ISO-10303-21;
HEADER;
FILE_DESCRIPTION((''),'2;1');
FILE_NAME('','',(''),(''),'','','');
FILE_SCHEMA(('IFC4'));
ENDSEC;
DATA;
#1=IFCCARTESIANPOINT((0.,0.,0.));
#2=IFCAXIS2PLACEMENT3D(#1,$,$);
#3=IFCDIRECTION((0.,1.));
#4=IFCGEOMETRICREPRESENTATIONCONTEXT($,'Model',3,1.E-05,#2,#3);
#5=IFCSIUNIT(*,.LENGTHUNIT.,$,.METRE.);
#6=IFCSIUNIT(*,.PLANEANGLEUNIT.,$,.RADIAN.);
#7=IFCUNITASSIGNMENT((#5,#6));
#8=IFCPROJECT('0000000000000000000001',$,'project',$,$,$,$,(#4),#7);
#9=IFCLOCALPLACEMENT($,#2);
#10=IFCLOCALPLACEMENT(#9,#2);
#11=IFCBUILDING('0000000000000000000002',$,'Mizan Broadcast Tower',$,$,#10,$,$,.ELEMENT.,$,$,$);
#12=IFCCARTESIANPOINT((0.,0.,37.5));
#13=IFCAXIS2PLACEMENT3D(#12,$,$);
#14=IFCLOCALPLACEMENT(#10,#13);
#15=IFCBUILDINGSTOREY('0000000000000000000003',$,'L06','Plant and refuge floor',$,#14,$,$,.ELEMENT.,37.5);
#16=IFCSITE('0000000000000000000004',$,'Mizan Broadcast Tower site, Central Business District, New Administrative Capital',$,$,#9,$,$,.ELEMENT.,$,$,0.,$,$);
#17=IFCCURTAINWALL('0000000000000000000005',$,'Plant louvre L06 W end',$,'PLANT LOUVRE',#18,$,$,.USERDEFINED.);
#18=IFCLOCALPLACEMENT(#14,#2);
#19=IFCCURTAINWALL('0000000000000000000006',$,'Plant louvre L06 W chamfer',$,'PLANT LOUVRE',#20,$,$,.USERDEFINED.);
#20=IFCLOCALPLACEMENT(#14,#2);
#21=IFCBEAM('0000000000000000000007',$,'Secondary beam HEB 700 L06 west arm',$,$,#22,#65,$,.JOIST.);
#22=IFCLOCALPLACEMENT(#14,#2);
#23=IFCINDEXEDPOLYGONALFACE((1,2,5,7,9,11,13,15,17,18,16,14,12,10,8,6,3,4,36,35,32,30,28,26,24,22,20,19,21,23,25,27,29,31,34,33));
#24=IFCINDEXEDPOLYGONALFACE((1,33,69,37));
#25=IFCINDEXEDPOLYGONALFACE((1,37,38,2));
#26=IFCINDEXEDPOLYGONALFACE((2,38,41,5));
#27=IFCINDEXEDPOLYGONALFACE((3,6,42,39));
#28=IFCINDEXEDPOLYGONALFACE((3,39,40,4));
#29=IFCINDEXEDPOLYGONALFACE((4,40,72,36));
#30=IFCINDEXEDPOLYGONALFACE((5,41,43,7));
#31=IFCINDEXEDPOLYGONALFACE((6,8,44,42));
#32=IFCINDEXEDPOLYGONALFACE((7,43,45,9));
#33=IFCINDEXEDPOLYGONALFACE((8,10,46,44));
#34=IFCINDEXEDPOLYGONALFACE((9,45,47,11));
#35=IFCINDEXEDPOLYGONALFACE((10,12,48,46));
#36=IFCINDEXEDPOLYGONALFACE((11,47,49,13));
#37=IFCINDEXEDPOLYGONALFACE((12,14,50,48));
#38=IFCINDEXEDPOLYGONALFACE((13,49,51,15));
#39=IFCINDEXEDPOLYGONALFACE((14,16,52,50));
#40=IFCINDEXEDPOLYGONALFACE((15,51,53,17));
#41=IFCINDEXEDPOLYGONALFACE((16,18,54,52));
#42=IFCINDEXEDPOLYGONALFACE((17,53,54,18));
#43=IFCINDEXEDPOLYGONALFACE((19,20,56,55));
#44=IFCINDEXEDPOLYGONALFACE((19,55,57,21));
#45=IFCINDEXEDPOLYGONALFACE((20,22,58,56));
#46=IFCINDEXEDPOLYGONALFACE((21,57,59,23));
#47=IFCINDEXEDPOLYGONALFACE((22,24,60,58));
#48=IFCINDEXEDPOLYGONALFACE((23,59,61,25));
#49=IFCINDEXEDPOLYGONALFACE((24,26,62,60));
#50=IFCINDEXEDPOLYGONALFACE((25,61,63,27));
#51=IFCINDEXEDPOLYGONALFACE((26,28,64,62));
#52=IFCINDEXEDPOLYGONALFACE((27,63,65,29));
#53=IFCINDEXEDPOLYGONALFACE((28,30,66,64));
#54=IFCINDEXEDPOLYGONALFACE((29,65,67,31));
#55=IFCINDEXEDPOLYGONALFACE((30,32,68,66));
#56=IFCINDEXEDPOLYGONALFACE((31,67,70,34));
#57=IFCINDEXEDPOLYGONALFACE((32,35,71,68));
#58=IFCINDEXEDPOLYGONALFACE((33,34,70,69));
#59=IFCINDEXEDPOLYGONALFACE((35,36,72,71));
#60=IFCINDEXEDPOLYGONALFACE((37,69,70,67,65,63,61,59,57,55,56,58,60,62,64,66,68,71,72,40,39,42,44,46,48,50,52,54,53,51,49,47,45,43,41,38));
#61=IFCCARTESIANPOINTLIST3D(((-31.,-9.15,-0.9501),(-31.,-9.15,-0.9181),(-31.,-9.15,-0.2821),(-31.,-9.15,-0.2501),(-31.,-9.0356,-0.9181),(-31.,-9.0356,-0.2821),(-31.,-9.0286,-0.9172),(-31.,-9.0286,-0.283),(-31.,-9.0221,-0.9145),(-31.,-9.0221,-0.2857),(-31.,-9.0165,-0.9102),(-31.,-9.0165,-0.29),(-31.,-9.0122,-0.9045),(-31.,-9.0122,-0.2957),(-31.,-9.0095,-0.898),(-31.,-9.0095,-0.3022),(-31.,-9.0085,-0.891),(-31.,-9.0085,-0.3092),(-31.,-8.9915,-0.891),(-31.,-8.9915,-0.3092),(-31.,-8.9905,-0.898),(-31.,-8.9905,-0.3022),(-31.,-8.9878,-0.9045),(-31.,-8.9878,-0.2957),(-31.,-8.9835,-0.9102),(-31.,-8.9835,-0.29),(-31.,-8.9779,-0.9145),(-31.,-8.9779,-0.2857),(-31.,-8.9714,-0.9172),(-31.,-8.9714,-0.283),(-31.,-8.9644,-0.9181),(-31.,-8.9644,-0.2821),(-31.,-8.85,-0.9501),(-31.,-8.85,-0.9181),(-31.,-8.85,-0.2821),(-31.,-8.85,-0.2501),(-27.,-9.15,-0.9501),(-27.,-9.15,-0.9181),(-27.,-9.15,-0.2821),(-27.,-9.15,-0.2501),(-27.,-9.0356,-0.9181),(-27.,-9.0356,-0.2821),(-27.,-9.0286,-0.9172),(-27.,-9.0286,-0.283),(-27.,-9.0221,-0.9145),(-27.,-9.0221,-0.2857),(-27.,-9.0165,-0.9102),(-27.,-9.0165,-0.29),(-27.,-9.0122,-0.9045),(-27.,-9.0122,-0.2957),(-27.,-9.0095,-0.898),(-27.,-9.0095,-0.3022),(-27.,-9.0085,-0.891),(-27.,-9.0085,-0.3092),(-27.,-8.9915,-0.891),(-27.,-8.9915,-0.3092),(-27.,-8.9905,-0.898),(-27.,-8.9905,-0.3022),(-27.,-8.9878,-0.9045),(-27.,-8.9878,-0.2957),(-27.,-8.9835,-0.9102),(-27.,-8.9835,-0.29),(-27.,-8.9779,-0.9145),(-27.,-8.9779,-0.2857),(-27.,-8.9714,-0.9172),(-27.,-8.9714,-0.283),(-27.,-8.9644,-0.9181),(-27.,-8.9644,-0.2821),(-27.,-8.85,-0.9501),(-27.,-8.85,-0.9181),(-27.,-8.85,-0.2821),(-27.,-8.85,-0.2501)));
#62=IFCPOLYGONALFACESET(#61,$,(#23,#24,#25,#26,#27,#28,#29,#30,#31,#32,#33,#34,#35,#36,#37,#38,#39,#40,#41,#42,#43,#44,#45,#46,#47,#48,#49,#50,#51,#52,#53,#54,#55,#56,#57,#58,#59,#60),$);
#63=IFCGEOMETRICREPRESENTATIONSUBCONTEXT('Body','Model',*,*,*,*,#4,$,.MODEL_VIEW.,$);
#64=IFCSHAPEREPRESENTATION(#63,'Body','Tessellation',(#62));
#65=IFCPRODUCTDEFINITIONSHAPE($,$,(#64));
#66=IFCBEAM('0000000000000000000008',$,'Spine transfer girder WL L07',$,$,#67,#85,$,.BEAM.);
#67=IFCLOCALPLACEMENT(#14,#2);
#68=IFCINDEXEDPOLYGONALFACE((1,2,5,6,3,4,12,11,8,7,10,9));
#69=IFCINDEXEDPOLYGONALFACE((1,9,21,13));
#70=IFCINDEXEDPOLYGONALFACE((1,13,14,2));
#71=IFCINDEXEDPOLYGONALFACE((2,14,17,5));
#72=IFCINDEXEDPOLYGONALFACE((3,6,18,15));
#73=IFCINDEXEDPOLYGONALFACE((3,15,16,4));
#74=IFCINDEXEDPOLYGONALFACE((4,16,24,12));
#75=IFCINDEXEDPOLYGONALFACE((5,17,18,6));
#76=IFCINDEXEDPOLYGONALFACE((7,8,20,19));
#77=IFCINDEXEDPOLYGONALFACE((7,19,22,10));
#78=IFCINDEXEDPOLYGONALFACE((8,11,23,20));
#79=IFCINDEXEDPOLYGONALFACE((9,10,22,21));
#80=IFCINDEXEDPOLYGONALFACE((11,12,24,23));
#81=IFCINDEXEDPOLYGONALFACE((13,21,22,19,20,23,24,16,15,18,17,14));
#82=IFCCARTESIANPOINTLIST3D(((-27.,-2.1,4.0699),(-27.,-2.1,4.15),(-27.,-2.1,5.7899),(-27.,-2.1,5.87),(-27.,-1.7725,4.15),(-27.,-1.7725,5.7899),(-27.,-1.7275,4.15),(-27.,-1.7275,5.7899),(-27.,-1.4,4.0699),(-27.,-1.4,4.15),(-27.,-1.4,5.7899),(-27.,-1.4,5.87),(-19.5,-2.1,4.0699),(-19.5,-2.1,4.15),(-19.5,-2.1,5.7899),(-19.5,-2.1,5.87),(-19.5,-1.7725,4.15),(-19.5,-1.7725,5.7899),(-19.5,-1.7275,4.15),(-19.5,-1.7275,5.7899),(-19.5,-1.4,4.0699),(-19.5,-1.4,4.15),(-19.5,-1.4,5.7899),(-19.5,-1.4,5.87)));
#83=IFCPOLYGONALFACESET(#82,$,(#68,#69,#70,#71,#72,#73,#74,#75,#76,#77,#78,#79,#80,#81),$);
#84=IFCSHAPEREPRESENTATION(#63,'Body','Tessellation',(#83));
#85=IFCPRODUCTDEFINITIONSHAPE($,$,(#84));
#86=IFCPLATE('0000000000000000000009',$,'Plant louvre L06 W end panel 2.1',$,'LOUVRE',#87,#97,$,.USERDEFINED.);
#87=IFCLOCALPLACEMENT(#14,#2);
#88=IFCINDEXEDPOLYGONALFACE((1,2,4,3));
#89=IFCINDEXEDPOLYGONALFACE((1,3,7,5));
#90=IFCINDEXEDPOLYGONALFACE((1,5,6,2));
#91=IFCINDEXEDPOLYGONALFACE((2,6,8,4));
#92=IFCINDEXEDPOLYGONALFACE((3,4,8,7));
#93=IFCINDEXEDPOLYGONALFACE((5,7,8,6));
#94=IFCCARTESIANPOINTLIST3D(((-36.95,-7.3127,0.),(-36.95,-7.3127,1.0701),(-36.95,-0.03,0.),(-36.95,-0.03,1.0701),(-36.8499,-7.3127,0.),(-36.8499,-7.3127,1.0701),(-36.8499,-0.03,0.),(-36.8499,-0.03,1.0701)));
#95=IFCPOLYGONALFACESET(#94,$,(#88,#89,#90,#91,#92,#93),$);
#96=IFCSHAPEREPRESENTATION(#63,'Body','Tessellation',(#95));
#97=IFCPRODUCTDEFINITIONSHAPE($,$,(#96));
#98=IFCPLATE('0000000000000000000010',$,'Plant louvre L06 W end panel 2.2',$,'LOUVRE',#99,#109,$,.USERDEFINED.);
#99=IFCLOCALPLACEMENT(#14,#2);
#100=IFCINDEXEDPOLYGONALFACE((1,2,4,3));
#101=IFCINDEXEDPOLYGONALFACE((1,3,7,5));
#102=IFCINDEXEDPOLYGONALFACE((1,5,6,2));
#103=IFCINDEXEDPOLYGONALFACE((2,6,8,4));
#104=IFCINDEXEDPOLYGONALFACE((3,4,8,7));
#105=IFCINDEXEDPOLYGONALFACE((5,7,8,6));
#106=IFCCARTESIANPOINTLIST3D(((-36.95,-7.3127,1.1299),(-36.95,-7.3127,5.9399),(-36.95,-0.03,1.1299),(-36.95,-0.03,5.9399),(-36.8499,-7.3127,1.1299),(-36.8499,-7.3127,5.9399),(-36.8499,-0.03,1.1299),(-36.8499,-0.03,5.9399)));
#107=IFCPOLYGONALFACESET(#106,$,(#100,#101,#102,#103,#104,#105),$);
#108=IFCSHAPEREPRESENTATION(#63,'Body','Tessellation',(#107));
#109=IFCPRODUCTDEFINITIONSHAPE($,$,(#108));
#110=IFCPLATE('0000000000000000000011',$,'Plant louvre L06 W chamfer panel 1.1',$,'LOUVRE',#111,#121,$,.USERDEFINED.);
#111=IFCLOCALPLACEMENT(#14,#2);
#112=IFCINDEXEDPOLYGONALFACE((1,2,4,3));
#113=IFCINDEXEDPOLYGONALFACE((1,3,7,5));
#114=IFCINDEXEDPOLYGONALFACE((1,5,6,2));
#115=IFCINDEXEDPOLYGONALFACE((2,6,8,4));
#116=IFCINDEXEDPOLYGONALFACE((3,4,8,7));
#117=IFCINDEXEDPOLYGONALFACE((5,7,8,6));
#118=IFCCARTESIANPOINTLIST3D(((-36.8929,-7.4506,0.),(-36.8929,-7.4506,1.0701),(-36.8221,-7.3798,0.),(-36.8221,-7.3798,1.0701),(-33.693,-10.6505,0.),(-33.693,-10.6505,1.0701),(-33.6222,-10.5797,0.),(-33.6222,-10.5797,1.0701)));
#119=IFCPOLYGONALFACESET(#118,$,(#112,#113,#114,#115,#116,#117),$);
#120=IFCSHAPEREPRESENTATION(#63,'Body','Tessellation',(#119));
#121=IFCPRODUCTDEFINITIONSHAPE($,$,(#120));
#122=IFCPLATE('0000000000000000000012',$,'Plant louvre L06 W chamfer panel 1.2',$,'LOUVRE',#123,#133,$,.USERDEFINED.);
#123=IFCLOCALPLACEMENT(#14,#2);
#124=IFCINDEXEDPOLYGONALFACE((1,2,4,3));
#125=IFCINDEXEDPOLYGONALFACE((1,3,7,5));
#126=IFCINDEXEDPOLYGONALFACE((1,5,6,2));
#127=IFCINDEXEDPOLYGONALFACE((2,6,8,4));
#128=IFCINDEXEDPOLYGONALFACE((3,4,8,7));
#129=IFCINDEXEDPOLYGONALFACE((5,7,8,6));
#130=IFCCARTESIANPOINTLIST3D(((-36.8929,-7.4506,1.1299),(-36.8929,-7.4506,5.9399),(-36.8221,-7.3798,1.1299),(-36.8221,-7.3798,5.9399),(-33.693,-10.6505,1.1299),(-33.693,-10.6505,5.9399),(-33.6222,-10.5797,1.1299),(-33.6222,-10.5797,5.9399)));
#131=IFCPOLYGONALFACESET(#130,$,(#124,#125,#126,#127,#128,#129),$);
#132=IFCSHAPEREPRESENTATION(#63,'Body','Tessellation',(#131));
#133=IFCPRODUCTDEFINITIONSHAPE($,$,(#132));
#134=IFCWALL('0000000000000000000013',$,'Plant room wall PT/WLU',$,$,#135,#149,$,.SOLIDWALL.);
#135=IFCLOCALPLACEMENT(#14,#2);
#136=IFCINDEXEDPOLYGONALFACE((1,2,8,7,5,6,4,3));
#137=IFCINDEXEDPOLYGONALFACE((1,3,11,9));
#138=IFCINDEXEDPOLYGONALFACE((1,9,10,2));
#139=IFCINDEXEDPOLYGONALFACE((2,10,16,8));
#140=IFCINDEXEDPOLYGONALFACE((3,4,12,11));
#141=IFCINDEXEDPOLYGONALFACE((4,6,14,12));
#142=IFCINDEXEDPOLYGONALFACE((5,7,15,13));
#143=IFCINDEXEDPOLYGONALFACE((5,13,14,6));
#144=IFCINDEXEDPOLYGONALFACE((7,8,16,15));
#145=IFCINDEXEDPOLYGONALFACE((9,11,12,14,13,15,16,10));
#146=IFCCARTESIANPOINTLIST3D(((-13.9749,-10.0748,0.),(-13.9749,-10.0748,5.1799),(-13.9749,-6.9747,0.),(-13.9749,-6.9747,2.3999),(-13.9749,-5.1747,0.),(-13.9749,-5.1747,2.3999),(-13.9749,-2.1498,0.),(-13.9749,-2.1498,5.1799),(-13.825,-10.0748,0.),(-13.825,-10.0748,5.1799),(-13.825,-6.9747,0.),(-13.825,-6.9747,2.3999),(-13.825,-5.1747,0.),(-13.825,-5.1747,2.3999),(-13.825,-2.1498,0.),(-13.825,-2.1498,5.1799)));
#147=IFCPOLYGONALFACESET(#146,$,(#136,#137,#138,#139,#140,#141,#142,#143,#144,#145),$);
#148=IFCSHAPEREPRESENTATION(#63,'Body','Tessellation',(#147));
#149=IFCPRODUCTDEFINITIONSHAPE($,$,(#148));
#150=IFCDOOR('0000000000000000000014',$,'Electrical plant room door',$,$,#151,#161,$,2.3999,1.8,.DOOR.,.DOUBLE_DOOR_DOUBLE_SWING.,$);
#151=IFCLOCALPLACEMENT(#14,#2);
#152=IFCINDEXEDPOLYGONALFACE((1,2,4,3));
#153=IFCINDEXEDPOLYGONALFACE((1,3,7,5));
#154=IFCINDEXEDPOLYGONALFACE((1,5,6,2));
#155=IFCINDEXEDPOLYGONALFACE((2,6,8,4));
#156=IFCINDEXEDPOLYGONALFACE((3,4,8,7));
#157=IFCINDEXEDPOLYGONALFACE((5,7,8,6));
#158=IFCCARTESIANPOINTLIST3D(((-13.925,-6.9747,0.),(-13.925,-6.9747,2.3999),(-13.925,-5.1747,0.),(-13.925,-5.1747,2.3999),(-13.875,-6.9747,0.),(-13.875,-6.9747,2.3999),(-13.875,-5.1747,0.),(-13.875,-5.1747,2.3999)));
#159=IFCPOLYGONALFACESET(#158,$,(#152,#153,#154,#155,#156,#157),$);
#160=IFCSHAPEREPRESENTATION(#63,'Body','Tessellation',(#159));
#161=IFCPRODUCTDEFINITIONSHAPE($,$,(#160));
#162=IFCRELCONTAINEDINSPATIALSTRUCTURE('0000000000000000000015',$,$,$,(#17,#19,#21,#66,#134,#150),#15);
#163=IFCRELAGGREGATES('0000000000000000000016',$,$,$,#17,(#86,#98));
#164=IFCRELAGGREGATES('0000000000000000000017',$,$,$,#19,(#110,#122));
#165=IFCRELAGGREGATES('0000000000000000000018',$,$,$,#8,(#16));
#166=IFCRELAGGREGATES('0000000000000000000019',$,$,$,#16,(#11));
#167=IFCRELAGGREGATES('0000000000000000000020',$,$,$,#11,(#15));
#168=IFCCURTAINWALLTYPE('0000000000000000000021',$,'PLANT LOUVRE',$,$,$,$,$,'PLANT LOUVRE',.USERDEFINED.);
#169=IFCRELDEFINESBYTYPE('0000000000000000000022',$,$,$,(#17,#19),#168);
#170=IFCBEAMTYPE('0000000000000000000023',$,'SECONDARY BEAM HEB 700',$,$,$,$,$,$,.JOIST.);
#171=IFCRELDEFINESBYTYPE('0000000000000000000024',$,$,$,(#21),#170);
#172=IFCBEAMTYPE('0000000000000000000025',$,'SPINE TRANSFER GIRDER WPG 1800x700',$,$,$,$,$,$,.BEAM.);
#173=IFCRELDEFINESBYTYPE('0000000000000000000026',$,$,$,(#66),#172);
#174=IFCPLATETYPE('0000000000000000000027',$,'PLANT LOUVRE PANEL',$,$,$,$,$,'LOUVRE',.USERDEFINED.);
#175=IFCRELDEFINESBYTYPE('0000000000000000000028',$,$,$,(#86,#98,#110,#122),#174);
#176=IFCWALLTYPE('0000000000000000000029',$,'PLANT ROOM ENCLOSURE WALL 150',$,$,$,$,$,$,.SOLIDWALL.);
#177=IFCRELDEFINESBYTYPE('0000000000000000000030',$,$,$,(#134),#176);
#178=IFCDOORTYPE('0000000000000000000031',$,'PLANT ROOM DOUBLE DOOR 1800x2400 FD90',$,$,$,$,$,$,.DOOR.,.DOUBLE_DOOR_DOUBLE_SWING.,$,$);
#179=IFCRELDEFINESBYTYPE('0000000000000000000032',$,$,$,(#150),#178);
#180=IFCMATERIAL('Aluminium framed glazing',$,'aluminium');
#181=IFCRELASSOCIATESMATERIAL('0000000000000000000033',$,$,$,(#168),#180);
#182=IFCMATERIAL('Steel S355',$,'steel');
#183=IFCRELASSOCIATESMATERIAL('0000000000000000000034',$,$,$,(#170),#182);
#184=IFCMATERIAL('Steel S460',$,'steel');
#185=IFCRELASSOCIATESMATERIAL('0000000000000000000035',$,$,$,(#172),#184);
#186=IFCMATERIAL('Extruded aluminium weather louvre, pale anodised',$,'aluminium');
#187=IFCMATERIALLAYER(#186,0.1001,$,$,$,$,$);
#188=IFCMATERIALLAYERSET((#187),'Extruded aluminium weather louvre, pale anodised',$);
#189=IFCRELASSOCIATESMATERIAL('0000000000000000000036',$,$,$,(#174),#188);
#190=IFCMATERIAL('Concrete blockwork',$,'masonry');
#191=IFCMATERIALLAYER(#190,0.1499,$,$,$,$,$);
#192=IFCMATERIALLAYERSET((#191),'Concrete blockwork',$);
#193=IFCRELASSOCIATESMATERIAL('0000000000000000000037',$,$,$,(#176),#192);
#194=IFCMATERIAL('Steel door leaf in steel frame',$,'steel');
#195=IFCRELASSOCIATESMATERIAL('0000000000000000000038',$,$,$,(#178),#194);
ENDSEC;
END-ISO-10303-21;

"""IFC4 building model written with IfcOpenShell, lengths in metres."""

from ifc_helpers import new_model, si_unit, direction, frame, frame_2d, origin, origin_2d, place, context, subcontext, project, spatial, rectangle, i_section, extrude, material, layer, layer_set, material_profile, profile_set, type_object, element, fill, aggregate, save


model = new_model("IFC4")

# Units and contexts
model_context = context("Model", 3, precision=1e-05, world=origin(), true_north=direction((0.0, 1.0)))
body_context = subcontext(model_context, "Body", "Model", "MODEL_VIEW")
ifc_project = project(units=[si_unit("LENGTHUNIT", "METRE"), si_unit("PLANEANGLEUNIT", "RADIAN")], contexts=[model_context])

# Site, building, storey
site_placement = place(None, origin())
site = spatial("IfcSite", under=ifc_project, at=site_placement, Name="Mizan Broadcast Tower site, Central Business District, New Administrative Capital", CompositionType="ELEMENT", RefElevation=0.0)
building_placement = place(site_placement, origin())
building = spatial("IfcBuilding", under=site, at=building_placement, Name="Mizan Broadcast Tower", CompositionType="ELEMENT")
storey_placement = place(building_placement, frame((0.0, 0.0, 37.5)))
storey = spatial("IfcBuildingStorey", under=building, at=storey_placement, Name="L06", Description="Plant and refuge floor", CompositionType="ELEMENT", Elevation=37.5)

# Curtain wall
ifc_material_1 = material(Name="Aluminium framed glazing", Category="aluminium")
curtain_wall_type = type_object("IfcCurtainWallType", Name="PLANT LOUVRE", ElementType="PLANT LOUVRE", PredefinedType="USERDEFINED", material=ifc_material_1)
curtain_wall_1_placement = place(storey_placement, origin())
curtain_wall_1 = element("IfcCurtainWall", 1, at=curtain_wall_1_placement, inside=storey, type_object=curtain_wall_type, Name="Plant louvre L06 W end", ObjectType="PLANT LOUVRE", PredefinedType="USERDEFINED")

# Curtain wall
curtain_wall_2_placement = place(storey_placement, origin())
curtain_wall_2 = element("IfcCurtainWall", 2, at=curtain_wall_2_placement, inside=storey, type_object=curtain_wall_type, Name="Plant louvre L06 W chamfer", ObjectType="PLANT LOUVRE", PredefinedType="USERDEFINED")

# Beams
ifc_material_2 = material(Name="Steel S355", Category="steel")
ifc_material_profile_1 = material_profile(ifc_material_2, i_section(OverallWidth=0.3, OverallDepth=0.7, WebThickness=0.0171, FlangeThickness=0.032, FilletRadius=0.0271, at=origin_2d()), Name="HEB 700")
ifc_profile_set_1 = profile_set([ifc_material_profile_1], Name="Steel S355")
beam_type_1 = type_object("IfcBeamType", Name="SECONDARY BEAM HEB 700", PredefinedType="JOIST", material=ifc_profile_set_1)
beam_1_placement = place(storey_placement, frame((-27.0, -9.0, -0.6001), z_axis=(-1.0, 0.0, 0.0), x_axis=(0.0, -1.0, 0.0)))
element("IfcBeam", 3, at=beam_1_placement, inside=storey, type_object=beam_type_1, Name="Secondary beam HEB 700 L06 west arm", PredefinedType="JOIST", context=body_context, shape_type="SweptSolid", body=[
    extrude(i_section(OverallWidth=0.3, OverallDepth=0.7, WebThickness=0.0171, FlangeThickness=0.032, FilletRadius=0.0271, at=origin_2d()), origin(), (0.0, 0.0, 1.0), 4.0),
])
ifc_material_3 = material(Name="Steel S460", Category="steel")
ifc_material_profile_2 = material_profile(ifc_material_3, i_section(OverallWidth=0.7, OverallDepth=1.8, WebThickness=0.0449, FlangeThickness=0.0801, at=origin_2d()), Name="WPG 1800x700")
ifc_profile_set_2 = profile_set([ifc_material_profile_2], Name="Steel S460")
beam_type_2 = type_object("IfcBeamType", Name="SPINE TRANSFER GIRDER WPG 1800x700", PredefinedType="BEAM", material=ifc_profile_set_2)
beam_2_placement = place(storey_placement, frame((-19.5, -1.75, 4.97), z_axis=(-1.0, 0.0, 0.0), x_axis=(0.0, -1.0, 0.0)))
element("IfcBeam", 4, at=beam_2_placement, inside=storey, type_object=beam_type_2, Name="Spine transfer girder WL L07", PredefinedType="BEAM", context=body_context, shape_type="SweptSolid", body=[
    extrude(i_section(OverallWidth=0.7, OverallDepth=1.8, WebThickness=0.0449, FlangeThickness=0.0801, at=origin_2d()), origin(), (0.0, 0.0, 1.0), 7.5),
])

# Plates
ifc_material_4 = material(Name="Extruded aluminium weather louvre, pale anodised", Category="aluminium")
ifc_layer_1 = layer(ifc_material_4, 0.1001)
ifc_layer_set_1 = layer_set([ifc_layer_1], Name="Extruded aluminium weather louvre, pale anodised")
plate_type = type_object("IfcPlateType", Name="PLANT LOUVRE PANEL", ElementType="LOUVRE", PredefinedType="USERDEFINED", material=ifc_layer_set_1)
plate_1_placement = place(storey_placement, frame((-36.8999, -3.6714, 0.0), z_axis=(0.0, 0.0, 1.0), x_axis=(0.0, -1.0, 0.0)))
plate_1 = element("IfcPlate", 5, at=plate_1_placement, type_object=plate_type, Name="Plant louvre L06 W end panel 2.1", ObjectType="LOUVRE", PredefinedType="USERDEFINED", context=body_context, shape_type="SweptSolid", body=[
    extrude(rectangle(XDim=7.2827, YDim=0.1001, at=origin_2d()), origin(), (0.0, 0.0, 1.0), 1.0701),
])
plate_2_placement = place(storey_placement, frame((-36.8999, -3.6714, 1.1299), z_axis=(0.0, 0.0, 1.0), x_axis=(0.0, -1.0, 0.0)))
plate_2 = element("IfcPlate", 6, at=plate_2_placement, type_object=plate_type, Name="Plant louvre L06 W end panel 2.2", ObjectType="LOUVRE", PredefinedType="USERDEFINED", context=body_context, shape_type="SweptSolid", body=[
    extrude(rectangle(XDim=7.2827, YDim=0.1001, at=origin_2d()), origin(), (0.0, 0.0, 1.0), 4.8101),
])
aggregate(curtain_wall_1, [plate_1, plate_2])
plate_3_placement = place(storey_placement, frame((-35.2576, -9.0151, 0.0), z_axis=(0.0, 0.0, 1.0), x_axis=(0.707107, -0.707107, 0.0)))
plate_3 = element("IfcPlate", 7, at=plate_3_placement, type_object=plate_type, Name="Plant louvre L06 W chamfer panel 1.1", ObjectType="LOUVRE", PredefinedType="USERDEFINED", context=body_context, shape_type="SweptSolid", body=[
    extrude(rectangle(XDim=4.5254, YDim=0.1001, at=origin_2d()), origin(), (0.0, 0.0, 1.0), 1.0701),
])
plate_4_placement = place(storey_placement, frame((-35.2576, -9.0151, 1.1299), z_axis=(0.0, 0.0, 1.0), x_axis=(0.707107, -0.707107, 0.0)))
plate_4 = element("IfcPlate", 8, at=plate_4_placement, type_object=plate_type, Name="Plant louvre L06 W chamfer panel 1.2", ObjectType="LOUVRE", PredefinedType="USERDEFINED", context=body_context, shape_type="SweptSolid", body=[
    extrude(rectangle(XDim=4.5254, YDim=0.1001, at=origin_2d()), origin(), (0.0, 0.0, 1.0), 4.8101),
])
aggregate(curtain_wall_2, [plate_3, plate_4])

# Wall, opening, door
ifc_material_5 = material(Name="Concrete blockwork", Category="masonry")
ifc_layer_2 = layer(ifc_material_5, 0.1499)
ifc_layer_set_2 = layer_set([ifc_layer_2], Name="Concrete blockwork")
wall_type = type_object("IfcWallType", Name="PLANT ROOM ENCLOSURE WALL 150", PredefinedType="SOLIDWALL", material=ifc_layer_set_2)
wall_placement = place(storey_placement, frame((-13.8999, -2.1499, 0.0), z_axis=(0.0, 0.0, 1.0), x_axis=(0.0, -1.0, 0.0)))
wall = element("IfcWall", 9, at=wall_placement, inside=storey, type_object=wall_type, Name="Plant room wall PT/WLU", PredefinedType="SOLIDWALL", context=body_context, shape_type="SweptSolid", body=[
    extrude(rectangle(XDim=7.925, YDim=0.1499, at=frame_2d((3.9624, 0.0))), origin(), (0.0, 0.0, 1.0), 5.1799),
])
opening_placement = place(wall_placement, frame((3.0249, 0.0, 0.0)))
opening = element("IfcOpeningElement", 10, at=opening_placement, cuts=wall, PredefinedType="OPENING", context=body_context, shape_type="SweptSolid", body=[
    extrude(rectangle(XDim=1.8, YDim=2.3999, at=frame_2d((0.8999, 1.2))), frame((0.0, 0.085, 0.0), z_axis=(0.0, -1.0, 0.0), x_axis=(1.0, 0.0, 0.0)), (0.0, 0.0, 1.0), 0.1699),
])
ifc_material_6 = material(Name="Steel door leaf in steel frame", Category="steel")
door_type = type_object("IfcDoorType", Name="PLANT ROOM DOUBLE DOOR 1800x2400 FD90", OperationType="DOUBLE_DOOR_DOUBLE_SWING", PredefinedType="DOOR", material=ifc_material_6)
door_placement = place(opening_placement, origin())
door = element("IfcDoor", 11, at=door_placement, inside=storey, type_object=door_type, Name="Electrical plant room door", OperationType="DOUBLE_DOOR_DOUBLE_SWING", OverallHeight=2.3999, OverallWidth=1.8, PredefinedType="DOOR", context=body_context, shape_type="SweptSolid", body=[
    extrude(rectangle(XDim=1.8, YDim=2.3999, at=frame_2d((0.8999, 1.2))), frame((0.0, 0.0249, 0.0), z_axis=(0.0, -1.0, 0.0), x_axis=(1.0, 0.0, 0.0)), (0.0, 0.0, 1.0), 0.05),
])
fill(opening, door)

save(model, "model.ifc")
